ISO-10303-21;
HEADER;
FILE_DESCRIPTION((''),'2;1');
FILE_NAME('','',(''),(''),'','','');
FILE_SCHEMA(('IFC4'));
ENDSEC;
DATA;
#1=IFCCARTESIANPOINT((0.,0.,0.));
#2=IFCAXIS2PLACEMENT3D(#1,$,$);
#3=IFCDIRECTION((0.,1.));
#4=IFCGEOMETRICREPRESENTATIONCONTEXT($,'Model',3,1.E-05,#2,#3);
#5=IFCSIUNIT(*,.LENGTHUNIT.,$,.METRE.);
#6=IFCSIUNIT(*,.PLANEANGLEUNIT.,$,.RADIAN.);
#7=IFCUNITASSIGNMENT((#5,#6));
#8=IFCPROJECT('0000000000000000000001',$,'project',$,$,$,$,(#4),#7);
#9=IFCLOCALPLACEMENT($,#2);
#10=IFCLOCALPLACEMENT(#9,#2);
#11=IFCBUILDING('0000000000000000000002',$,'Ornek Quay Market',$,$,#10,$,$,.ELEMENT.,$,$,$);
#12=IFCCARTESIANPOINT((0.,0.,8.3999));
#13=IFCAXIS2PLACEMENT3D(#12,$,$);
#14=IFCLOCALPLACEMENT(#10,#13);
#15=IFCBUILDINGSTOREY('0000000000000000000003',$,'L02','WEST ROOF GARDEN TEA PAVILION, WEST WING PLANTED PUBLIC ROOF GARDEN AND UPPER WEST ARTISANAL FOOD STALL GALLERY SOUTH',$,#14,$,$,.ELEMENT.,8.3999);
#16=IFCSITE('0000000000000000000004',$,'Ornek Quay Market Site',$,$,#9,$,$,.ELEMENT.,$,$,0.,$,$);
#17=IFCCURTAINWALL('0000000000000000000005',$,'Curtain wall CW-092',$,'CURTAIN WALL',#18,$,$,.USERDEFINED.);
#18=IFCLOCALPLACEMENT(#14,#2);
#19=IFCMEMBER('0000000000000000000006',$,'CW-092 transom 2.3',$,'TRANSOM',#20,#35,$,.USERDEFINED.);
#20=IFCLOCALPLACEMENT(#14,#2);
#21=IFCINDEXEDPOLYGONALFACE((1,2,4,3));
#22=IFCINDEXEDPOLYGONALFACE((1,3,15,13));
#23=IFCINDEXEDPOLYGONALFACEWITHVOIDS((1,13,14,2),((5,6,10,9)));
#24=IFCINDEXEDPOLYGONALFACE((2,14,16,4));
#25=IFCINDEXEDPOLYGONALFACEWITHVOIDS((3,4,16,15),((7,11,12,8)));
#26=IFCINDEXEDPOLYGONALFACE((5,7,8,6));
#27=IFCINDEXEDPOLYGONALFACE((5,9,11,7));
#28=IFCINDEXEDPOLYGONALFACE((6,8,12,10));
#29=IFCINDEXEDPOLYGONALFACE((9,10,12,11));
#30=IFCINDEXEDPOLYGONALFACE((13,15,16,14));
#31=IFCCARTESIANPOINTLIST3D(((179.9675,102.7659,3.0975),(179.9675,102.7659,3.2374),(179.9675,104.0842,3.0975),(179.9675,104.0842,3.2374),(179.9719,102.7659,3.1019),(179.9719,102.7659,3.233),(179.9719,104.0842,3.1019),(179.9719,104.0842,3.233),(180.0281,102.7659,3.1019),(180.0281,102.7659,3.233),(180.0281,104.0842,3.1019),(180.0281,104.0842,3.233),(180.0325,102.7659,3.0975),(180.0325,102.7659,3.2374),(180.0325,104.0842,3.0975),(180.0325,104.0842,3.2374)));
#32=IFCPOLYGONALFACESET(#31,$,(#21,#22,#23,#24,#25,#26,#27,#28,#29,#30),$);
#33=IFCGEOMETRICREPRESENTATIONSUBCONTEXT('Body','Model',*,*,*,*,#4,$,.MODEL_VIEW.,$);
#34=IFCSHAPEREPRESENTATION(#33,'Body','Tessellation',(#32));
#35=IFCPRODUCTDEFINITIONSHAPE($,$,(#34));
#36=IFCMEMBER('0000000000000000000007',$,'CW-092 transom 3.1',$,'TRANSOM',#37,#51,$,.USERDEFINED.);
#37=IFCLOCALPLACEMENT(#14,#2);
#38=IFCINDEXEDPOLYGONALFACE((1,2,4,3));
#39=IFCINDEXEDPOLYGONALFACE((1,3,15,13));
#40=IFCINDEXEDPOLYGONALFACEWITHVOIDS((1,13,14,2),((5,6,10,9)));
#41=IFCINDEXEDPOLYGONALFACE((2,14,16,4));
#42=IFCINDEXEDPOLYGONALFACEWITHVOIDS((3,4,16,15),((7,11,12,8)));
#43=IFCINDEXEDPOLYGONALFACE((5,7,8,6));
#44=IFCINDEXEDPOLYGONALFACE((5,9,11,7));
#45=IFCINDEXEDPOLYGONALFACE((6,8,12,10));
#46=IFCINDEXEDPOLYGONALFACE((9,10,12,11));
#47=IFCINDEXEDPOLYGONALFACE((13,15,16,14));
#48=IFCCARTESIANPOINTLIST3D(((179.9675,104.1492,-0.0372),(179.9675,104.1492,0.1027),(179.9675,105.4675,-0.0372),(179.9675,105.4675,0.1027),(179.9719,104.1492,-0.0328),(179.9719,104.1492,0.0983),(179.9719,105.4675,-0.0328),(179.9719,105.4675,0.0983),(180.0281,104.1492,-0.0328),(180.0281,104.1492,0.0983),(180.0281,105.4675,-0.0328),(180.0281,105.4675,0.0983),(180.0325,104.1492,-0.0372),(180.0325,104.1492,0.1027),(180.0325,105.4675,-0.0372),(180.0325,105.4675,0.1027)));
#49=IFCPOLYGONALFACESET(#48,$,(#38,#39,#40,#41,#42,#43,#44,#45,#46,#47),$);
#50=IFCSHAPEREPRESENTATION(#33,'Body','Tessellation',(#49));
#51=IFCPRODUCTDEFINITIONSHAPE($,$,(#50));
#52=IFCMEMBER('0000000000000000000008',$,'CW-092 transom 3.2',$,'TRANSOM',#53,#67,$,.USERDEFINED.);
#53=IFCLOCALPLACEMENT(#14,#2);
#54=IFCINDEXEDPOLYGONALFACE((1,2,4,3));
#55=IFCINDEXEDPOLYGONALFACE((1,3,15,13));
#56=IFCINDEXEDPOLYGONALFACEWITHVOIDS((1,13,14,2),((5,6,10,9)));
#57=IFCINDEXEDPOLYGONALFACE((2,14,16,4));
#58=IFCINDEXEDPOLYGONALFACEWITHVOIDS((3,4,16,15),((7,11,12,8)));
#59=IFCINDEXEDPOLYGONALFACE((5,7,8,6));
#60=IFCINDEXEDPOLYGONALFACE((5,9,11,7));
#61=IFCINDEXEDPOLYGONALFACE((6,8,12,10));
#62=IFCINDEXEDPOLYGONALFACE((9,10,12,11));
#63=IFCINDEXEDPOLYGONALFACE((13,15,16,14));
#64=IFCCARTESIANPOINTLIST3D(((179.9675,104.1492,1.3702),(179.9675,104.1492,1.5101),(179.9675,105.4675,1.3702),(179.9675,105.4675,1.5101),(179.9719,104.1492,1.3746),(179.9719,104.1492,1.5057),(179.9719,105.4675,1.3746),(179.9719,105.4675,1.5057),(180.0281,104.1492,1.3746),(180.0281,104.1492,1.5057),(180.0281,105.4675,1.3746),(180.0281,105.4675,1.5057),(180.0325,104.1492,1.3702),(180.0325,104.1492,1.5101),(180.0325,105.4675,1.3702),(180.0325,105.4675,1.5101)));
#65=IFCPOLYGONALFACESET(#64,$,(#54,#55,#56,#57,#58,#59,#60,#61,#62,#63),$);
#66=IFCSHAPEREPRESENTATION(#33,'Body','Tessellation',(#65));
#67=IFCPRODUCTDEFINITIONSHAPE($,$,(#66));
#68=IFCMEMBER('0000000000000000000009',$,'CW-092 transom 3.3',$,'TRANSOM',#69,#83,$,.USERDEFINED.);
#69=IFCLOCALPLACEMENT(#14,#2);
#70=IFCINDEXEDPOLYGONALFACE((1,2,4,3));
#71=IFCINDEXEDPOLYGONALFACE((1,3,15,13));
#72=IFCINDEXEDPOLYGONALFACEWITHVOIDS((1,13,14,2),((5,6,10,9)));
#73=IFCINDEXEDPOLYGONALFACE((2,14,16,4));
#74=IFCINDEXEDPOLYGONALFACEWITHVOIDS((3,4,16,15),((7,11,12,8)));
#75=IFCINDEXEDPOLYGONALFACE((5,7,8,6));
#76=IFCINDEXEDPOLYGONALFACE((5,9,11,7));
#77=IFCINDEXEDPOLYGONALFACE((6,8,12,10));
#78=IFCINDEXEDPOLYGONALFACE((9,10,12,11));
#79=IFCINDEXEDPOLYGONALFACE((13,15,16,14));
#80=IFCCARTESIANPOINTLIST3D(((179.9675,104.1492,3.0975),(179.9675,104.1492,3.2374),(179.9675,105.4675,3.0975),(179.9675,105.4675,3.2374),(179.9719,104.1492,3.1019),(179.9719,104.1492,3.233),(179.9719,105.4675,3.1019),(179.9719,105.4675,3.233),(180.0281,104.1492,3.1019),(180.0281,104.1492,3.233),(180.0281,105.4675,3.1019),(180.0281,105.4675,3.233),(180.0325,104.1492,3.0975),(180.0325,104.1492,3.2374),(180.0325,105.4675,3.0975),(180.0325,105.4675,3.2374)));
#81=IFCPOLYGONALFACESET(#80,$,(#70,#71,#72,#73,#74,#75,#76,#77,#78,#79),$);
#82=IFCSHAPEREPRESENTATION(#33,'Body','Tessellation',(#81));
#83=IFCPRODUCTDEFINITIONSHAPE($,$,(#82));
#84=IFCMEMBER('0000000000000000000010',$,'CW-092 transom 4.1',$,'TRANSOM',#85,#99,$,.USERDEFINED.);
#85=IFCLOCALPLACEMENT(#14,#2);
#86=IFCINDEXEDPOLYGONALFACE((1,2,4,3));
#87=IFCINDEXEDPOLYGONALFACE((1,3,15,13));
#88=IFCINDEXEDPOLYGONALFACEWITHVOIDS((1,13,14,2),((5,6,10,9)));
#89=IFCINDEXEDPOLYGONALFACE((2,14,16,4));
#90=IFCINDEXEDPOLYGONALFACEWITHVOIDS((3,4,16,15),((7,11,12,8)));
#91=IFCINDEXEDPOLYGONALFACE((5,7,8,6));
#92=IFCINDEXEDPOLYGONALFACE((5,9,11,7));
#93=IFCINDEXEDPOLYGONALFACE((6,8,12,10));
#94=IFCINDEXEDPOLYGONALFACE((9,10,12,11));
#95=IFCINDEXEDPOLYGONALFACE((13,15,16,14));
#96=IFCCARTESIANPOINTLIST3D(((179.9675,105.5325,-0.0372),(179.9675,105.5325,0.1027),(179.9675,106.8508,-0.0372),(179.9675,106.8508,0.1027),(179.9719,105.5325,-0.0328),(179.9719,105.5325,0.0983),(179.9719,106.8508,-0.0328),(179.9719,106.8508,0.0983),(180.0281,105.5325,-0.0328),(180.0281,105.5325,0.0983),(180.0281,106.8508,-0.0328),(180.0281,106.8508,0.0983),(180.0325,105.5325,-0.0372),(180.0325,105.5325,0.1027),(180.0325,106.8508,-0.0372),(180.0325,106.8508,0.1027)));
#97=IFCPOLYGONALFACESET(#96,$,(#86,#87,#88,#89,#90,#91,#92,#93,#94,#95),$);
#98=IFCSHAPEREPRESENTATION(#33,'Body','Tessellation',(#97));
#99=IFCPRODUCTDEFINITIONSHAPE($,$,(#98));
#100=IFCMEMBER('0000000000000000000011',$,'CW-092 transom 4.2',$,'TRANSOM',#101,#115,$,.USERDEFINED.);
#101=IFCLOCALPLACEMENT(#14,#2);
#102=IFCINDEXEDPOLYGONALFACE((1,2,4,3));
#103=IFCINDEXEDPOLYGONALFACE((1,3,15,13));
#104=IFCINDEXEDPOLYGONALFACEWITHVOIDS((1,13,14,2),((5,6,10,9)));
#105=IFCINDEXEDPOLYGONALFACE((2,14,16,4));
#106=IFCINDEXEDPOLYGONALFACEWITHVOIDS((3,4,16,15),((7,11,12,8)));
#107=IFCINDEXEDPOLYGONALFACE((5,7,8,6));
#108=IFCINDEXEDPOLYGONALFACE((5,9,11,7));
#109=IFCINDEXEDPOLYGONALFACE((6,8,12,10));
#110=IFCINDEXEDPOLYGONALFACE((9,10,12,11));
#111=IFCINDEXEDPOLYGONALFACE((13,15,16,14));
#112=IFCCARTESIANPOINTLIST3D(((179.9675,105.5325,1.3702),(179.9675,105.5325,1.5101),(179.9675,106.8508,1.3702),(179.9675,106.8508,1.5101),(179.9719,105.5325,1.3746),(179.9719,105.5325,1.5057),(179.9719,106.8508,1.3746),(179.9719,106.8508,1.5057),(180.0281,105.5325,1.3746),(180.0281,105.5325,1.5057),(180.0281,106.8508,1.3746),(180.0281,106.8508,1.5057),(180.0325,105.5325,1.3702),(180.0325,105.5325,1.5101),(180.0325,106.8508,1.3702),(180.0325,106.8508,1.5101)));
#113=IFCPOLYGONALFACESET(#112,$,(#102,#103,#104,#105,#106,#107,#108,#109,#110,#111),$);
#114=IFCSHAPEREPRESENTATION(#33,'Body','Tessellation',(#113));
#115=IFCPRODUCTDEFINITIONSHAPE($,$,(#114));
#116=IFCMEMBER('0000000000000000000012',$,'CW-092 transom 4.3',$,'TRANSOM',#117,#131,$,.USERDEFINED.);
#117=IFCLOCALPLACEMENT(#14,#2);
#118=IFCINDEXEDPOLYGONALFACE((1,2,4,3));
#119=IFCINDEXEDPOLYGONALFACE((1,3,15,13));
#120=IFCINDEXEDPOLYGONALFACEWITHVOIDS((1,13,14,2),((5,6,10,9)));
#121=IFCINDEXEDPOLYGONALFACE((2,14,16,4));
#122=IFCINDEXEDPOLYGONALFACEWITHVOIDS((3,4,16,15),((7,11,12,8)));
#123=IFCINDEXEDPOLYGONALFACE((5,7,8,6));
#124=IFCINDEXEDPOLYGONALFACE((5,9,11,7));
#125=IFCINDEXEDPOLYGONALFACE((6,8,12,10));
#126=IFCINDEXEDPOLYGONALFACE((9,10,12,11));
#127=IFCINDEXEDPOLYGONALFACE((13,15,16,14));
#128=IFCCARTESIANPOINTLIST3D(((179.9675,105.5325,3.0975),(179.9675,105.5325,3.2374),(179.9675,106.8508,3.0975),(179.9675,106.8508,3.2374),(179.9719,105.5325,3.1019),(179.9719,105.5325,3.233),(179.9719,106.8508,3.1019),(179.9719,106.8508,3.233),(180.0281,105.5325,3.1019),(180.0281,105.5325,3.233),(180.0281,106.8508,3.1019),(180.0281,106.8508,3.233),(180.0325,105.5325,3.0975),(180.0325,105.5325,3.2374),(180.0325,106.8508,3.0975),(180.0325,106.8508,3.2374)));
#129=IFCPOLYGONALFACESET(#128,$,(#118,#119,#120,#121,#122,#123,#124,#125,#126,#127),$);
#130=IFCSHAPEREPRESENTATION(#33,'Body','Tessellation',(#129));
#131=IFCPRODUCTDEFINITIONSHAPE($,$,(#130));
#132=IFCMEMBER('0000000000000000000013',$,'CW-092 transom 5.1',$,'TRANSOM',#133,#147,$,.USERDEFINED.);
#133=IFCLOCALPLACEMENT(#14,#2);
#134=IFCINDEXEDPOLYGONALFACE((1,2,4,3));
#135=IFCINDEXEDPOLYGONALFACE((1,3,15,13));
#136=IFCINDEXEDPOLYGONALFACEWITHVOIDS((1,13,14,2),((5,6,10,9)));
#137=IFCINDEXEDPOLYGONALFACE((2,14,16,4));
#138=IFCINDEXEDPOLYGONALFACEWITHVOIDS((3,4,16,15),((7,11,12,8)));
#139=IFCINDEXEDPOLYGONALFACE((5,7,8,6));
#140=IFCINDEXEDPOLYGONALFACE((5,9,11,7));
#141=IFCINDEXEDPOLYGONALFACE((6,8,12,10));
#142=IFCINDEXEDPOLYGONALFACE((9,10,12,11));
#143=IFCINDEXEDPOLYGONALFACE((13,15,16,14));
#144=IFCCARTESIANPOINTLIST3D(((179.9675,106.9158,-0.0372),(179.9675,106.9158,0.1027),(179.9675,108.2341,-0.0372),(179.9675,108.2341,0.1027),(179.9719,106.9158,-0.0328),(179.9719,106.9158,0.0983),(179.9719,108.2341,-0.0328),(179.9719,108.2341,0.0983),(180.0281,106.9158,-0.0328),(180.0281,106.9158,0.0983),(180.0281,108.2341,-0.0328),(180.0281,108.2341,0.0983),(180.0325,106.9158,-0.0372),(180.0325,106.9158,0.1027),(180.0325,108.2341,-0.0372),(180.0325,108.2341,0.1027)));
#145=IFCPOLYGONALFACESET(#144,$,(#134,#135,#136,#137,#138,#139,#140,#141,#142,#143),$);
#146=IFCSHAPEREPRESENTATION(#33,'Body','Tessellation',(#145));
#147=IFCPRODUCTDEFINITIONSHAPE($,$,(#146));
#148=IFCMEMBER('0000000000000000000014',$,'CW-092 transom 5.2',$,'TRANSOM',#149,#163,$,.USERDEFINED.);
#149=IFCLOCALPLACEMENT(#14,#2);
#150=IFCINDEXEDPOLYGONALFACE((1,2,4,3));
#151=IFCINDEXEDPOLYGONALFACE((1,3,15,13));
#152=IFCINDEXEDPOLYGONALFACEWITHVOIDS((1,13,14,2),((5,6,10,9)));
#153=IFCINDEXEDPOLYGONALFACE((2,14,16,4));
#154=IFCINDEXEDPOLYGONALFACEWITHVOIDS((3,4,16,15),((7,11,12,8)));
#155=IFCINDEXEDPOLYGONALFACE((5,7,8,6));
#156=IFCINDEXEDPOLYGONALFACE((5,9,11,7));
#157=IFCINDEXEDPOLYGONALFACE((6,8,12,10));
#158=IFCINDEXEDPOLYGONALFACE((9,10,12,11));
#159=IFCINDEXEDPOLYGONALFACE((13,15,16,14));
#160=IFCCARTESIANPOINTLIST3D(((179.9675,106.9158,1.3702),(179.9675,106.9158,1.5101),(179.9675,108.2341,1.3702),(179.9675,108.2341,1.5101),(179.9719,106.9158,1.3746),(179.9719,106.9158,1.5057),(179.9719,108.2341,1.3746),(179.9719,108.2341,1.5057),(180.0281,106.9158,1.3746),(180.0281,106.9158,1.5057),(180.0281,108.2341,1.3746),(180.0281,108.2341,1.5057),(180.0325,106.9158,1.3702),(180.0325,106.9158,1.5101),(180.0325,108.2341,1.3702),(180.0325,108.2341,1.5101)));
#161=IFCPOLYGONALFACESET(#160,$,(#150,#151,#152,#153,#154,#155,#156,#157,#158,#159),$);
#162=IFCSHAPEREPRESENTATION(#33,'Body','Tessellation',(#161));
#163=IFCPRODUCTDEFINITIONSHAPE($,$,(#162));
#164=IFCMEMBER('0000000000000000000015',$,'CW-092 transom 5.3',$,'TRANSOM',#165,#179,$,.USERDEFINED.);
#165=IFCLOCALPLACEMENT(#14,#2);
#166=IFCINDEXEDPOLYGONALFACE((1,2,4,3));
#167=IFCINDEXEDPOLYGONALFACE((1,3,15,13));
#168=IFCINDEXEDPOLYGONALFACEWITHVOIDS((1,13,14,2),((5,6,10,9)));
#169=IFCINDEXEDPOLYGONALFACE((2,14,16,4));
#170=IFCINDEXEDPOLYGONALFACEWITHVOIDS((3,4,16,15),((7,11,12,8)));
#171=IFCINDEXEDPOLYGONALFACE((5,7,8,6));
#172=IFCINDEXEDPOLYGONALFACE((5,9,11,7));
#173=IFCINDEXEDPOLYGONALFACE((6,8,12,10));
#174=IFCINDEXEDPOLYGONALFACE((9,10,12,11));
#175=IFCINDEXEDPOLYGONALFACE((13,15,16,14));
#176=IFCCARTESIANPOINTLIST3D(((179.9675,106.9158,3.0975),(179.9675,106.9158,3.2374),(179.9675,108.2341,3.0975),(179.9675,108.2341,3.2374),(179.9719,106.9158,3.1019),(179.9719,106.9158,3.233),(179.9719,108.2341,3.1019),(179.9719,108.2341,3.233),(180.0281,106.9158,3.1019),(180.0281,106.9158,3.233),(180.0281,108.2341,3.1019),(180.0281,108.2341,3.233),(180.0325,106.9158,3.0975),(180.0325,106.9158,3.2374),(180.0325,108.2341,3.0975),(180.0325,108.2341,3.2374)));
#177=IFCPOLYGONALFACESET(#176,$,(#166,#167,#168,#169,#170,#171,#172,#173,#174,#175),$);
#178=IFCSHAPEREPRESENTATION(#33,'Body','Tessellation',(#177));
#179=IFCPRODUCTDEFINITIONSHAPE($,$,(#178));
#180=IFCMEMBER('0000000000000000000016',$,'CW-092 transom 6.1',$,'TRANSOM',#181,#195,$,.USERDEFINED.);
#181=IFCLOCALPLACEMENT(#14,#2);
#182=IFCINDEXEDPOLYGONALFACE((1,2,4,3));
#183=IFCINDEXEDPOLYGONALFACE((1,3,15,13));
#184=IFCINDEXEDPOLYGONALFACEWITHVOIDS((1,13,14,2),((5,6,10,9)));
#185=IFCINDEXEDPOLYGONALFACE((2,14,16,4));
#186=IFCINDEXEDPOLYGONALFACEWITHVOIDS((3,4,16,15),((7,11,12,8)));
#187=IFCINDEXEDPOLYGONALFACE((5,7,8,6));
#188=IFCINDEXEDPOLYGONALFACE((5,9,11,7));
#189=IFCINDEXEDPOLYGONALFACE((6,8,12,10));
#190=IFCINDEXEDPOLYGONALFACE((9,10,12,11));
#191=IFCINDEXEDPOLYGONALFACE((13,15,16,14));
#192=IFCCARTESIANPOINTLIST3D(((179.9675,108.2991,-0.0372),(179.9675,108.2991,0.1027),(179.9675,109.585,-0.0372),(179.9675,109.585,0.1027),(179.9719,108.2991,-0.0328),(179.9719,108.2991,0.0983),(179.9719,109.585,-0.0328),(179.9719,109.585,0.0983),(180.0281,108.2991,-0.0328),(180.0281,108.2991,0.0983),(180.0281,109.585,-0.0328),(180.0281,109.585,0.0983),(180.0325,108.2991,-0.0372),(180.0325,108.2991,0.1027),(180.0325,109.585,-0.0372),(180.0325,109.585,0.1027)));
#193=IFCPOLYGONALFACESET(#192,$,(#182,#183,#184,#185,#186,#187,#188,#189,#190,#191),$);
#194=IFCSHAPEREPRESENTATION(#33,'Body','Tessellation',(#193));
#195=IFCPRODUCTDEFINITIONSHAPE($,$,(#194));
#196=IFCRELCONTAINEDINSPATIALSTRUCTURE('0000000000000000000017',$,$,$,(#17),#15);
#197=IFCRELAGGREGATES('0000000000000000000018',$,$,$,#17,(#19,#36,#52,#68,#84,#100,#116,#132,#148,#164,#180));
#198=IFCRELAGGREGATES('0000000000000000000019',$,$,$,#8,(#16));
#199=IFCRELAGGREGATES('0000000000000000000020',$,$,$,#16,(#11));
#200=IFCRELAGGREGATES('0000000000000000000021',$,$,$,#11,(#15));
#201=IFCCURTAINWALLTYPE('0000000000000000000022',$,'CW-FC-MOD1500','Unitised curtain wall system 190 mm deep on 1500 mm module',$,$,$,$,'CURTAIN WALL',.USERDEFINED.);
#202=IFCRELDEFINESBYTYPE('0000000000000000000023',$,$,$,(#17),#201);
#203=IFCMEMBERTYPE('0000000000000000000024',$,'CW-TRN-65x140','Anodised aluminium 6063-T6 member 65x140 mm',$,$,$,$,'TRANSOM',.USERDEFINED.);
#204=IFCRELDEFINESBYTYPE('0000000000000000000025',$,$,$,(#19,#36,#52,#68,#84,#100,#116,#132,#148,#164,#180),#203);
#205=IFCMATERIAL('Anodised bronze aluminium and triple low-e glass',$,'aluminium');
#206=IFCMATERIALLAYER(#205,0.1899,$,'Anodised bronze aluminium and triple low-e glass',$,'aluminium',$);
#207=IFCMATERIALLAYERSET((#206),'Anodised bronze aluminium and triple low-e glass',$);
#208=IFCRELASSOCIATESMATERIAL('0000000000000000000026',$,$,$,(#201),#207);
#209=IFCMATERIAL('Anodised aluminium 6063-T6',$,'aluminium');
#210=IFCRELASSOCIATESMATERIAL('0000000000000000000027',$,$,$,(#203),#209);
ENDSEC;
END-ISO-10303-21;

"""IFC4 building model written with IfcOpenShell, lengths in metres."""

from ifc_helpers import new_model, si_unit, direction, frame, origin, origin_2d, place, context, subcontext, project, spatial, hollow_rectangle, extrude, material, layer, layer_set, material_profile, profile_set, type_object, element, aggregate, save


model = new_model("IFC4")

# Units and contexts
model_context = context("Model", 3, precision=1e-05, world=origin(), true_north=direction((0.0, 1.0)))
body_context = subcontext(model_context, "Body", "Model", "MODEL_VIEW")
ifc_project = project(units=[si_unit("LENGTHUNIT", "METRE"), si_unit("PLANEANGLEUNIT", "RADIAN")], contexts=[model_context])

# Site, building, storey
site_placement = place(None, origin())
site = spatial("IfcSite", under=ifc_project, at=site_placement, Name="Ornek Quay Market Site", CompositionType="ELEMENT", RefElevation=0.0)
building_placement = place(site_placement, origin())
building = spatial("IfcBuilding", under=site, at=building_placement, Name="Ornek Quay Market", CompositionType="ELEMENT")
storey_placement = place(building_placement, frame((0.0, 0.0, 8.3999)))
storey = spatial("IfcBuildingStorey", under=building, at=storey_placement, Name="L02", Description="WEST ROOF GARDEN TEA PAVILION, WEST WING PLANTED PUBLIC ROOF GARDEN AND UPPER WEST ARTISANAL FOOD STALL GALLERY SOUTH", CompositionType="ELEMENT", Elevation=8.3999)

# Curtain wall, members
ifc_material_1 = material(Name="Anodised bronze aluminium and triple low-e glass", Category="aluminium")
ifc_layer_1 = layer(ifc_material_1, 0.1899, Name="Anodised bronze aluminium and triple low-e glass", Category="aluminium")
ifc_layer_set_1 = layer_set([ifc_layer_1], Name="Anodised bronze aluminium and triple low-e glass")
curtain_wall_type = type_object("IfcCurtainWallType", Name="CW-FC-MOD1500", Description="Unitised curtain wall system 190 mm deep on 1500 mm module", ElementType="CURTAIN WALL", PredefinedType="USERDEFINED", material=ifc_layer_set_1)
curtain_wall_placement = place(storey_placement, origin())
curtain_wall = element("IfcCurtainWall", 1, at=curtain_wall_placement, inside=storey, type_object=curtain_wall_type, Name="Curtain wall CW-092", ObjectType="CURTAIN WALL", PredefinedType="USERDEFINED")
ifc_material_2 = material(Name="Anodised aluminium 6063-T6", Category="aluminium")
ifc_material_profile_1 = material_profile(ifc_material_2, hollow_rectangle(XDim=0.0649, YDim=0.1399, WallThickness=0.0044, at=origin_2d()), Name="CW-TRN-65x140", Category="aluminium")
ifc_profile_set_1 = profile_set([ifc_material_profile_1], Name="Anodised aluminium 6063-T6")
member_type_1 = type_object("IfcMemberType", Name="CW-TRN-65x140", Description="Anodised aluminium 6063-T6 member 65x140 mm", ElementType="TRANSOM", PredefinedType="USERDEFINED", material=ifc_profile_set_1)
member_1_placement = place(storey_placement, frame((180.0, 102.7659, 3.1675), z_axis=(0.0, 1.0, 0.0), x_axis=(-1.0, 0.0, 0.0)))
member_1 = element("IfcMember", 2, at=member_1_placement, type_object=member_type_1, Name="CW-092 transom 2.3", ObjectType="TRANSOM", PredefinedType="USERDEFINED", context=body_context, shape_type="SweptSolid", body=[
    extrude(hollow_rectangle(XDim=0.0649, YDim=0.1399, WallThickness=0.0044, at=origin_2d()), origin(), (0.0, 0.0, 1.0), 1.3184),
])
member_2_placement = place(storey_placement, frame((180.0, 104.1492, 0.0327), z_axis=(0.0, 1.0, 0.0), x_axis=(-1.0, 0.0, 0.0)))
member_2 = element("IfcMember", 3, at=member_2_placement, type_object=member_type_1, Name="CW-092 transom 3.1", ObjectType="TRANSOM", PredefinedType="USERDEFINED", context=body_context, shape_type="SweptSolid", body=[
    extrude(hollow_rectangle(XDim=0.0649, YDim=0.1399, WallThickness=0.0044, at=origin_2d()), origin(), (0.0, 0.0, 1.0), 1.3184),
])
member_3_placement = place(storey_placement, frame((180.0, 104.1492, 1.4402), z_axis=(0.0, 1.0, 0.0), x_axis=(-1.0, 0.0, 0.0)))
member_3 = element("IfcMember", 4, at=member_3_placement, type_object=member_type_1, Name="CW-092 transom 3.2", ObjectType="TRANSOM", PredefinedType="USERDEFINED", context=body_context, shape_type="SweptSolid", body=[
    extrude(hollow_rectangle(XDim=0.0649, YDim=0.1399, WallThickness=0.0044, at=origin_2d()), origin(), (0.0, 0.0, 1.0), 1.3184),
])
member_4_placement = place(storey_placement, frame((180.0, 104.1492, 3.1675), z_axis=(0.0, 1.0, 0.0), x_axis=(-1.0, 0.0, 0.0)))
member_4 = element("IfcMember", 5, at=member_4_placement, type_object=member_type_1, Name="CW-092 transom 3.3", ObjectType="TRANSOM", PredefinedType="USERDEFINED", context=body_context, shape_type="SweptSolid", body=[
    extrude(hollow_rectangle(XDim=0.0649, YDim=0.1399, WallThickness=0.0044, at=origin_2d()), origin(), (0.0, 0.0, 1.0), 1.3184),
])
member_5_placement = place(storey_placement, frame((180.0, 105.5325, 0.0327), z_axis=(0.0, 1.0, 0.0), x_axis=(-1.0, 0.0, 0.0)))
member_5 = element("IfcMember", 6, at=member_5_placement, type_object=member_type_1, Name="CW-092 transom 4.1", ObjectType="TRANSOM", PredefinedType="USERDEFINED", context=body_context, shape_type="SweptSolid", body=[
    extrude(hollow_rectangle(XDim=0.0649, YDim=0.1399, WallThickness=0.0044, at=origin_2d()), origin(), (0.0, 0.0, 1.0), 1.3184),
])
member_6_placement = place(storey_placement, frame((180.0, 105.5325, 1.4402), z_axis=(0.0, 1.0, 0.0), x_axis=(-1.0, 0.0, 0.0)))
member_6 = element("IfcMember", 7, at=member_6_placement, type_object=member_type_1, Name="CW-092 transom 4.2", ObjectType="TRANSOM", PredefinedType="USERDEFINED", context=body_context, shape_type="SweptSolid", body=[
    extrude(hollow_rectangle(XDim=0.0649, YDim=0.1399, WallThickness=0.0044, at=origin_2d()), origin(), (0.0, 0.0, 1.0), 1.3184),
])
member_7_placement = place(storey_placement, frame((180.0, 105.5325, 3.1675), z_axis=(0.0, 1.0, 0.0), x_axis=(-1.0, 0.0, 0.0)))
member_7 = element("IfcMember", 8, at=member_7_placement, type_object=member_type_1, Name="CW-092 transom 4.3", ObjectType="TRANSOM", PredefinedType="USERDEFINED", context=body_context, shape_type="SweptSolid", body=[
    extrude(hollow_rectangle(XDim=0.0649, YDim=0.1399, WallThickness=0.0044, at=origin_2d()), origin(), (0.0, 0.0, 1.0), 1.3184),
])
member_8_placement = place(storey_placement, frame((180.0, 106.9158, 0.0327), z_axis=(0.0, 1.0, 0.0), x_axis=(-1.0, 0.0, 0.0)))
member_8 = element("IfcMember", 9, at=member_8_placement, type_object=member_type_1, Name="CW-092 transom 5.1", ObjectType="TRANSOM", PredefinedType="USERDEFINED", context=body_context, shape_type="SweptSolid", body=[
    extrude(hollow_rectangle(XDim=0.0649, YDim=0.1399, WallThickness=0.0044, at=origin_2d()), origin(), (0.0, 0.0, 1.0), 1.3184),
])
member_9_placement = place(storey_placement, frame((180.0, 106.9158, 1.4402), z_axis=(0.0, 1.0, 0.0), x_axis=(-1.0, 0.0, 0.0)))
member_9 = element("IfcMember", 10, at=member_9_placement, type_object=member_type_1, Name="CW-092 transom 5.2", ObjectType="TRANSOM", PredefinedType="USERDEFINED", context=body_context, shape_type="SweptSolid", body=[
    extrude(hollow_rectangle(XDim=0.0649, YDim=0.1399, WallThickness=0.0044, at=origin_2d()), origin(), (0.0, 0.0, 1.0), 1.3184),
])
member_10_placement = place(storey_placement, frame((180.0, 106.9158, 3.1675), z_axis=(0.0, 1.0, 0.0), x_axis=(-1.0, 0.0, 0.0)))
member_10 = element("IfcMember", 11, at=member_10_placement, type_object=member_type_1, Name="CW-092 transom 5.3", ObjectType="TRANSOM", PredefinedType="USERDEFINED", context=body_context, shape_type="SweptSolid", body=[
    extrude(hollow_rectangle(XDim=0.0649, YDim=0.1399, WallThickness=0.0044, at=origin_2d()), origin(), (0.0, 0.0, 1.0), 1.3184),
])
member_11_placement = place(storey_placement, frame((180.0, 108.2991, 0.0327), z_axis=(0.0, 1.0, 0.0), x_axis=(-1.0, 0.0, 0.0)))
member_11 = element("IfcMember", 12, at=member_11_placement, type_object=member_type_1, Name="CW-092 transom 6.1", ObjectType="TRANSOM", PredefinedType="USERDEFINED", context=body_context, shape_type="SweptSolid", body=[
    extrude(hollow_rectangle(XDim=0.0649, YDim=0.1399, WallThickness=0.0044, at=origin_2d()), origin(), (0.0, 0.0, 1.0), 1.2859),
])
aggregate(curtain_wall, [member_1, member_2, member_3, member_4, member_5, member_6, member_7, member_8, member_9, member_10, member_11])

save(model, "model.ifc")
